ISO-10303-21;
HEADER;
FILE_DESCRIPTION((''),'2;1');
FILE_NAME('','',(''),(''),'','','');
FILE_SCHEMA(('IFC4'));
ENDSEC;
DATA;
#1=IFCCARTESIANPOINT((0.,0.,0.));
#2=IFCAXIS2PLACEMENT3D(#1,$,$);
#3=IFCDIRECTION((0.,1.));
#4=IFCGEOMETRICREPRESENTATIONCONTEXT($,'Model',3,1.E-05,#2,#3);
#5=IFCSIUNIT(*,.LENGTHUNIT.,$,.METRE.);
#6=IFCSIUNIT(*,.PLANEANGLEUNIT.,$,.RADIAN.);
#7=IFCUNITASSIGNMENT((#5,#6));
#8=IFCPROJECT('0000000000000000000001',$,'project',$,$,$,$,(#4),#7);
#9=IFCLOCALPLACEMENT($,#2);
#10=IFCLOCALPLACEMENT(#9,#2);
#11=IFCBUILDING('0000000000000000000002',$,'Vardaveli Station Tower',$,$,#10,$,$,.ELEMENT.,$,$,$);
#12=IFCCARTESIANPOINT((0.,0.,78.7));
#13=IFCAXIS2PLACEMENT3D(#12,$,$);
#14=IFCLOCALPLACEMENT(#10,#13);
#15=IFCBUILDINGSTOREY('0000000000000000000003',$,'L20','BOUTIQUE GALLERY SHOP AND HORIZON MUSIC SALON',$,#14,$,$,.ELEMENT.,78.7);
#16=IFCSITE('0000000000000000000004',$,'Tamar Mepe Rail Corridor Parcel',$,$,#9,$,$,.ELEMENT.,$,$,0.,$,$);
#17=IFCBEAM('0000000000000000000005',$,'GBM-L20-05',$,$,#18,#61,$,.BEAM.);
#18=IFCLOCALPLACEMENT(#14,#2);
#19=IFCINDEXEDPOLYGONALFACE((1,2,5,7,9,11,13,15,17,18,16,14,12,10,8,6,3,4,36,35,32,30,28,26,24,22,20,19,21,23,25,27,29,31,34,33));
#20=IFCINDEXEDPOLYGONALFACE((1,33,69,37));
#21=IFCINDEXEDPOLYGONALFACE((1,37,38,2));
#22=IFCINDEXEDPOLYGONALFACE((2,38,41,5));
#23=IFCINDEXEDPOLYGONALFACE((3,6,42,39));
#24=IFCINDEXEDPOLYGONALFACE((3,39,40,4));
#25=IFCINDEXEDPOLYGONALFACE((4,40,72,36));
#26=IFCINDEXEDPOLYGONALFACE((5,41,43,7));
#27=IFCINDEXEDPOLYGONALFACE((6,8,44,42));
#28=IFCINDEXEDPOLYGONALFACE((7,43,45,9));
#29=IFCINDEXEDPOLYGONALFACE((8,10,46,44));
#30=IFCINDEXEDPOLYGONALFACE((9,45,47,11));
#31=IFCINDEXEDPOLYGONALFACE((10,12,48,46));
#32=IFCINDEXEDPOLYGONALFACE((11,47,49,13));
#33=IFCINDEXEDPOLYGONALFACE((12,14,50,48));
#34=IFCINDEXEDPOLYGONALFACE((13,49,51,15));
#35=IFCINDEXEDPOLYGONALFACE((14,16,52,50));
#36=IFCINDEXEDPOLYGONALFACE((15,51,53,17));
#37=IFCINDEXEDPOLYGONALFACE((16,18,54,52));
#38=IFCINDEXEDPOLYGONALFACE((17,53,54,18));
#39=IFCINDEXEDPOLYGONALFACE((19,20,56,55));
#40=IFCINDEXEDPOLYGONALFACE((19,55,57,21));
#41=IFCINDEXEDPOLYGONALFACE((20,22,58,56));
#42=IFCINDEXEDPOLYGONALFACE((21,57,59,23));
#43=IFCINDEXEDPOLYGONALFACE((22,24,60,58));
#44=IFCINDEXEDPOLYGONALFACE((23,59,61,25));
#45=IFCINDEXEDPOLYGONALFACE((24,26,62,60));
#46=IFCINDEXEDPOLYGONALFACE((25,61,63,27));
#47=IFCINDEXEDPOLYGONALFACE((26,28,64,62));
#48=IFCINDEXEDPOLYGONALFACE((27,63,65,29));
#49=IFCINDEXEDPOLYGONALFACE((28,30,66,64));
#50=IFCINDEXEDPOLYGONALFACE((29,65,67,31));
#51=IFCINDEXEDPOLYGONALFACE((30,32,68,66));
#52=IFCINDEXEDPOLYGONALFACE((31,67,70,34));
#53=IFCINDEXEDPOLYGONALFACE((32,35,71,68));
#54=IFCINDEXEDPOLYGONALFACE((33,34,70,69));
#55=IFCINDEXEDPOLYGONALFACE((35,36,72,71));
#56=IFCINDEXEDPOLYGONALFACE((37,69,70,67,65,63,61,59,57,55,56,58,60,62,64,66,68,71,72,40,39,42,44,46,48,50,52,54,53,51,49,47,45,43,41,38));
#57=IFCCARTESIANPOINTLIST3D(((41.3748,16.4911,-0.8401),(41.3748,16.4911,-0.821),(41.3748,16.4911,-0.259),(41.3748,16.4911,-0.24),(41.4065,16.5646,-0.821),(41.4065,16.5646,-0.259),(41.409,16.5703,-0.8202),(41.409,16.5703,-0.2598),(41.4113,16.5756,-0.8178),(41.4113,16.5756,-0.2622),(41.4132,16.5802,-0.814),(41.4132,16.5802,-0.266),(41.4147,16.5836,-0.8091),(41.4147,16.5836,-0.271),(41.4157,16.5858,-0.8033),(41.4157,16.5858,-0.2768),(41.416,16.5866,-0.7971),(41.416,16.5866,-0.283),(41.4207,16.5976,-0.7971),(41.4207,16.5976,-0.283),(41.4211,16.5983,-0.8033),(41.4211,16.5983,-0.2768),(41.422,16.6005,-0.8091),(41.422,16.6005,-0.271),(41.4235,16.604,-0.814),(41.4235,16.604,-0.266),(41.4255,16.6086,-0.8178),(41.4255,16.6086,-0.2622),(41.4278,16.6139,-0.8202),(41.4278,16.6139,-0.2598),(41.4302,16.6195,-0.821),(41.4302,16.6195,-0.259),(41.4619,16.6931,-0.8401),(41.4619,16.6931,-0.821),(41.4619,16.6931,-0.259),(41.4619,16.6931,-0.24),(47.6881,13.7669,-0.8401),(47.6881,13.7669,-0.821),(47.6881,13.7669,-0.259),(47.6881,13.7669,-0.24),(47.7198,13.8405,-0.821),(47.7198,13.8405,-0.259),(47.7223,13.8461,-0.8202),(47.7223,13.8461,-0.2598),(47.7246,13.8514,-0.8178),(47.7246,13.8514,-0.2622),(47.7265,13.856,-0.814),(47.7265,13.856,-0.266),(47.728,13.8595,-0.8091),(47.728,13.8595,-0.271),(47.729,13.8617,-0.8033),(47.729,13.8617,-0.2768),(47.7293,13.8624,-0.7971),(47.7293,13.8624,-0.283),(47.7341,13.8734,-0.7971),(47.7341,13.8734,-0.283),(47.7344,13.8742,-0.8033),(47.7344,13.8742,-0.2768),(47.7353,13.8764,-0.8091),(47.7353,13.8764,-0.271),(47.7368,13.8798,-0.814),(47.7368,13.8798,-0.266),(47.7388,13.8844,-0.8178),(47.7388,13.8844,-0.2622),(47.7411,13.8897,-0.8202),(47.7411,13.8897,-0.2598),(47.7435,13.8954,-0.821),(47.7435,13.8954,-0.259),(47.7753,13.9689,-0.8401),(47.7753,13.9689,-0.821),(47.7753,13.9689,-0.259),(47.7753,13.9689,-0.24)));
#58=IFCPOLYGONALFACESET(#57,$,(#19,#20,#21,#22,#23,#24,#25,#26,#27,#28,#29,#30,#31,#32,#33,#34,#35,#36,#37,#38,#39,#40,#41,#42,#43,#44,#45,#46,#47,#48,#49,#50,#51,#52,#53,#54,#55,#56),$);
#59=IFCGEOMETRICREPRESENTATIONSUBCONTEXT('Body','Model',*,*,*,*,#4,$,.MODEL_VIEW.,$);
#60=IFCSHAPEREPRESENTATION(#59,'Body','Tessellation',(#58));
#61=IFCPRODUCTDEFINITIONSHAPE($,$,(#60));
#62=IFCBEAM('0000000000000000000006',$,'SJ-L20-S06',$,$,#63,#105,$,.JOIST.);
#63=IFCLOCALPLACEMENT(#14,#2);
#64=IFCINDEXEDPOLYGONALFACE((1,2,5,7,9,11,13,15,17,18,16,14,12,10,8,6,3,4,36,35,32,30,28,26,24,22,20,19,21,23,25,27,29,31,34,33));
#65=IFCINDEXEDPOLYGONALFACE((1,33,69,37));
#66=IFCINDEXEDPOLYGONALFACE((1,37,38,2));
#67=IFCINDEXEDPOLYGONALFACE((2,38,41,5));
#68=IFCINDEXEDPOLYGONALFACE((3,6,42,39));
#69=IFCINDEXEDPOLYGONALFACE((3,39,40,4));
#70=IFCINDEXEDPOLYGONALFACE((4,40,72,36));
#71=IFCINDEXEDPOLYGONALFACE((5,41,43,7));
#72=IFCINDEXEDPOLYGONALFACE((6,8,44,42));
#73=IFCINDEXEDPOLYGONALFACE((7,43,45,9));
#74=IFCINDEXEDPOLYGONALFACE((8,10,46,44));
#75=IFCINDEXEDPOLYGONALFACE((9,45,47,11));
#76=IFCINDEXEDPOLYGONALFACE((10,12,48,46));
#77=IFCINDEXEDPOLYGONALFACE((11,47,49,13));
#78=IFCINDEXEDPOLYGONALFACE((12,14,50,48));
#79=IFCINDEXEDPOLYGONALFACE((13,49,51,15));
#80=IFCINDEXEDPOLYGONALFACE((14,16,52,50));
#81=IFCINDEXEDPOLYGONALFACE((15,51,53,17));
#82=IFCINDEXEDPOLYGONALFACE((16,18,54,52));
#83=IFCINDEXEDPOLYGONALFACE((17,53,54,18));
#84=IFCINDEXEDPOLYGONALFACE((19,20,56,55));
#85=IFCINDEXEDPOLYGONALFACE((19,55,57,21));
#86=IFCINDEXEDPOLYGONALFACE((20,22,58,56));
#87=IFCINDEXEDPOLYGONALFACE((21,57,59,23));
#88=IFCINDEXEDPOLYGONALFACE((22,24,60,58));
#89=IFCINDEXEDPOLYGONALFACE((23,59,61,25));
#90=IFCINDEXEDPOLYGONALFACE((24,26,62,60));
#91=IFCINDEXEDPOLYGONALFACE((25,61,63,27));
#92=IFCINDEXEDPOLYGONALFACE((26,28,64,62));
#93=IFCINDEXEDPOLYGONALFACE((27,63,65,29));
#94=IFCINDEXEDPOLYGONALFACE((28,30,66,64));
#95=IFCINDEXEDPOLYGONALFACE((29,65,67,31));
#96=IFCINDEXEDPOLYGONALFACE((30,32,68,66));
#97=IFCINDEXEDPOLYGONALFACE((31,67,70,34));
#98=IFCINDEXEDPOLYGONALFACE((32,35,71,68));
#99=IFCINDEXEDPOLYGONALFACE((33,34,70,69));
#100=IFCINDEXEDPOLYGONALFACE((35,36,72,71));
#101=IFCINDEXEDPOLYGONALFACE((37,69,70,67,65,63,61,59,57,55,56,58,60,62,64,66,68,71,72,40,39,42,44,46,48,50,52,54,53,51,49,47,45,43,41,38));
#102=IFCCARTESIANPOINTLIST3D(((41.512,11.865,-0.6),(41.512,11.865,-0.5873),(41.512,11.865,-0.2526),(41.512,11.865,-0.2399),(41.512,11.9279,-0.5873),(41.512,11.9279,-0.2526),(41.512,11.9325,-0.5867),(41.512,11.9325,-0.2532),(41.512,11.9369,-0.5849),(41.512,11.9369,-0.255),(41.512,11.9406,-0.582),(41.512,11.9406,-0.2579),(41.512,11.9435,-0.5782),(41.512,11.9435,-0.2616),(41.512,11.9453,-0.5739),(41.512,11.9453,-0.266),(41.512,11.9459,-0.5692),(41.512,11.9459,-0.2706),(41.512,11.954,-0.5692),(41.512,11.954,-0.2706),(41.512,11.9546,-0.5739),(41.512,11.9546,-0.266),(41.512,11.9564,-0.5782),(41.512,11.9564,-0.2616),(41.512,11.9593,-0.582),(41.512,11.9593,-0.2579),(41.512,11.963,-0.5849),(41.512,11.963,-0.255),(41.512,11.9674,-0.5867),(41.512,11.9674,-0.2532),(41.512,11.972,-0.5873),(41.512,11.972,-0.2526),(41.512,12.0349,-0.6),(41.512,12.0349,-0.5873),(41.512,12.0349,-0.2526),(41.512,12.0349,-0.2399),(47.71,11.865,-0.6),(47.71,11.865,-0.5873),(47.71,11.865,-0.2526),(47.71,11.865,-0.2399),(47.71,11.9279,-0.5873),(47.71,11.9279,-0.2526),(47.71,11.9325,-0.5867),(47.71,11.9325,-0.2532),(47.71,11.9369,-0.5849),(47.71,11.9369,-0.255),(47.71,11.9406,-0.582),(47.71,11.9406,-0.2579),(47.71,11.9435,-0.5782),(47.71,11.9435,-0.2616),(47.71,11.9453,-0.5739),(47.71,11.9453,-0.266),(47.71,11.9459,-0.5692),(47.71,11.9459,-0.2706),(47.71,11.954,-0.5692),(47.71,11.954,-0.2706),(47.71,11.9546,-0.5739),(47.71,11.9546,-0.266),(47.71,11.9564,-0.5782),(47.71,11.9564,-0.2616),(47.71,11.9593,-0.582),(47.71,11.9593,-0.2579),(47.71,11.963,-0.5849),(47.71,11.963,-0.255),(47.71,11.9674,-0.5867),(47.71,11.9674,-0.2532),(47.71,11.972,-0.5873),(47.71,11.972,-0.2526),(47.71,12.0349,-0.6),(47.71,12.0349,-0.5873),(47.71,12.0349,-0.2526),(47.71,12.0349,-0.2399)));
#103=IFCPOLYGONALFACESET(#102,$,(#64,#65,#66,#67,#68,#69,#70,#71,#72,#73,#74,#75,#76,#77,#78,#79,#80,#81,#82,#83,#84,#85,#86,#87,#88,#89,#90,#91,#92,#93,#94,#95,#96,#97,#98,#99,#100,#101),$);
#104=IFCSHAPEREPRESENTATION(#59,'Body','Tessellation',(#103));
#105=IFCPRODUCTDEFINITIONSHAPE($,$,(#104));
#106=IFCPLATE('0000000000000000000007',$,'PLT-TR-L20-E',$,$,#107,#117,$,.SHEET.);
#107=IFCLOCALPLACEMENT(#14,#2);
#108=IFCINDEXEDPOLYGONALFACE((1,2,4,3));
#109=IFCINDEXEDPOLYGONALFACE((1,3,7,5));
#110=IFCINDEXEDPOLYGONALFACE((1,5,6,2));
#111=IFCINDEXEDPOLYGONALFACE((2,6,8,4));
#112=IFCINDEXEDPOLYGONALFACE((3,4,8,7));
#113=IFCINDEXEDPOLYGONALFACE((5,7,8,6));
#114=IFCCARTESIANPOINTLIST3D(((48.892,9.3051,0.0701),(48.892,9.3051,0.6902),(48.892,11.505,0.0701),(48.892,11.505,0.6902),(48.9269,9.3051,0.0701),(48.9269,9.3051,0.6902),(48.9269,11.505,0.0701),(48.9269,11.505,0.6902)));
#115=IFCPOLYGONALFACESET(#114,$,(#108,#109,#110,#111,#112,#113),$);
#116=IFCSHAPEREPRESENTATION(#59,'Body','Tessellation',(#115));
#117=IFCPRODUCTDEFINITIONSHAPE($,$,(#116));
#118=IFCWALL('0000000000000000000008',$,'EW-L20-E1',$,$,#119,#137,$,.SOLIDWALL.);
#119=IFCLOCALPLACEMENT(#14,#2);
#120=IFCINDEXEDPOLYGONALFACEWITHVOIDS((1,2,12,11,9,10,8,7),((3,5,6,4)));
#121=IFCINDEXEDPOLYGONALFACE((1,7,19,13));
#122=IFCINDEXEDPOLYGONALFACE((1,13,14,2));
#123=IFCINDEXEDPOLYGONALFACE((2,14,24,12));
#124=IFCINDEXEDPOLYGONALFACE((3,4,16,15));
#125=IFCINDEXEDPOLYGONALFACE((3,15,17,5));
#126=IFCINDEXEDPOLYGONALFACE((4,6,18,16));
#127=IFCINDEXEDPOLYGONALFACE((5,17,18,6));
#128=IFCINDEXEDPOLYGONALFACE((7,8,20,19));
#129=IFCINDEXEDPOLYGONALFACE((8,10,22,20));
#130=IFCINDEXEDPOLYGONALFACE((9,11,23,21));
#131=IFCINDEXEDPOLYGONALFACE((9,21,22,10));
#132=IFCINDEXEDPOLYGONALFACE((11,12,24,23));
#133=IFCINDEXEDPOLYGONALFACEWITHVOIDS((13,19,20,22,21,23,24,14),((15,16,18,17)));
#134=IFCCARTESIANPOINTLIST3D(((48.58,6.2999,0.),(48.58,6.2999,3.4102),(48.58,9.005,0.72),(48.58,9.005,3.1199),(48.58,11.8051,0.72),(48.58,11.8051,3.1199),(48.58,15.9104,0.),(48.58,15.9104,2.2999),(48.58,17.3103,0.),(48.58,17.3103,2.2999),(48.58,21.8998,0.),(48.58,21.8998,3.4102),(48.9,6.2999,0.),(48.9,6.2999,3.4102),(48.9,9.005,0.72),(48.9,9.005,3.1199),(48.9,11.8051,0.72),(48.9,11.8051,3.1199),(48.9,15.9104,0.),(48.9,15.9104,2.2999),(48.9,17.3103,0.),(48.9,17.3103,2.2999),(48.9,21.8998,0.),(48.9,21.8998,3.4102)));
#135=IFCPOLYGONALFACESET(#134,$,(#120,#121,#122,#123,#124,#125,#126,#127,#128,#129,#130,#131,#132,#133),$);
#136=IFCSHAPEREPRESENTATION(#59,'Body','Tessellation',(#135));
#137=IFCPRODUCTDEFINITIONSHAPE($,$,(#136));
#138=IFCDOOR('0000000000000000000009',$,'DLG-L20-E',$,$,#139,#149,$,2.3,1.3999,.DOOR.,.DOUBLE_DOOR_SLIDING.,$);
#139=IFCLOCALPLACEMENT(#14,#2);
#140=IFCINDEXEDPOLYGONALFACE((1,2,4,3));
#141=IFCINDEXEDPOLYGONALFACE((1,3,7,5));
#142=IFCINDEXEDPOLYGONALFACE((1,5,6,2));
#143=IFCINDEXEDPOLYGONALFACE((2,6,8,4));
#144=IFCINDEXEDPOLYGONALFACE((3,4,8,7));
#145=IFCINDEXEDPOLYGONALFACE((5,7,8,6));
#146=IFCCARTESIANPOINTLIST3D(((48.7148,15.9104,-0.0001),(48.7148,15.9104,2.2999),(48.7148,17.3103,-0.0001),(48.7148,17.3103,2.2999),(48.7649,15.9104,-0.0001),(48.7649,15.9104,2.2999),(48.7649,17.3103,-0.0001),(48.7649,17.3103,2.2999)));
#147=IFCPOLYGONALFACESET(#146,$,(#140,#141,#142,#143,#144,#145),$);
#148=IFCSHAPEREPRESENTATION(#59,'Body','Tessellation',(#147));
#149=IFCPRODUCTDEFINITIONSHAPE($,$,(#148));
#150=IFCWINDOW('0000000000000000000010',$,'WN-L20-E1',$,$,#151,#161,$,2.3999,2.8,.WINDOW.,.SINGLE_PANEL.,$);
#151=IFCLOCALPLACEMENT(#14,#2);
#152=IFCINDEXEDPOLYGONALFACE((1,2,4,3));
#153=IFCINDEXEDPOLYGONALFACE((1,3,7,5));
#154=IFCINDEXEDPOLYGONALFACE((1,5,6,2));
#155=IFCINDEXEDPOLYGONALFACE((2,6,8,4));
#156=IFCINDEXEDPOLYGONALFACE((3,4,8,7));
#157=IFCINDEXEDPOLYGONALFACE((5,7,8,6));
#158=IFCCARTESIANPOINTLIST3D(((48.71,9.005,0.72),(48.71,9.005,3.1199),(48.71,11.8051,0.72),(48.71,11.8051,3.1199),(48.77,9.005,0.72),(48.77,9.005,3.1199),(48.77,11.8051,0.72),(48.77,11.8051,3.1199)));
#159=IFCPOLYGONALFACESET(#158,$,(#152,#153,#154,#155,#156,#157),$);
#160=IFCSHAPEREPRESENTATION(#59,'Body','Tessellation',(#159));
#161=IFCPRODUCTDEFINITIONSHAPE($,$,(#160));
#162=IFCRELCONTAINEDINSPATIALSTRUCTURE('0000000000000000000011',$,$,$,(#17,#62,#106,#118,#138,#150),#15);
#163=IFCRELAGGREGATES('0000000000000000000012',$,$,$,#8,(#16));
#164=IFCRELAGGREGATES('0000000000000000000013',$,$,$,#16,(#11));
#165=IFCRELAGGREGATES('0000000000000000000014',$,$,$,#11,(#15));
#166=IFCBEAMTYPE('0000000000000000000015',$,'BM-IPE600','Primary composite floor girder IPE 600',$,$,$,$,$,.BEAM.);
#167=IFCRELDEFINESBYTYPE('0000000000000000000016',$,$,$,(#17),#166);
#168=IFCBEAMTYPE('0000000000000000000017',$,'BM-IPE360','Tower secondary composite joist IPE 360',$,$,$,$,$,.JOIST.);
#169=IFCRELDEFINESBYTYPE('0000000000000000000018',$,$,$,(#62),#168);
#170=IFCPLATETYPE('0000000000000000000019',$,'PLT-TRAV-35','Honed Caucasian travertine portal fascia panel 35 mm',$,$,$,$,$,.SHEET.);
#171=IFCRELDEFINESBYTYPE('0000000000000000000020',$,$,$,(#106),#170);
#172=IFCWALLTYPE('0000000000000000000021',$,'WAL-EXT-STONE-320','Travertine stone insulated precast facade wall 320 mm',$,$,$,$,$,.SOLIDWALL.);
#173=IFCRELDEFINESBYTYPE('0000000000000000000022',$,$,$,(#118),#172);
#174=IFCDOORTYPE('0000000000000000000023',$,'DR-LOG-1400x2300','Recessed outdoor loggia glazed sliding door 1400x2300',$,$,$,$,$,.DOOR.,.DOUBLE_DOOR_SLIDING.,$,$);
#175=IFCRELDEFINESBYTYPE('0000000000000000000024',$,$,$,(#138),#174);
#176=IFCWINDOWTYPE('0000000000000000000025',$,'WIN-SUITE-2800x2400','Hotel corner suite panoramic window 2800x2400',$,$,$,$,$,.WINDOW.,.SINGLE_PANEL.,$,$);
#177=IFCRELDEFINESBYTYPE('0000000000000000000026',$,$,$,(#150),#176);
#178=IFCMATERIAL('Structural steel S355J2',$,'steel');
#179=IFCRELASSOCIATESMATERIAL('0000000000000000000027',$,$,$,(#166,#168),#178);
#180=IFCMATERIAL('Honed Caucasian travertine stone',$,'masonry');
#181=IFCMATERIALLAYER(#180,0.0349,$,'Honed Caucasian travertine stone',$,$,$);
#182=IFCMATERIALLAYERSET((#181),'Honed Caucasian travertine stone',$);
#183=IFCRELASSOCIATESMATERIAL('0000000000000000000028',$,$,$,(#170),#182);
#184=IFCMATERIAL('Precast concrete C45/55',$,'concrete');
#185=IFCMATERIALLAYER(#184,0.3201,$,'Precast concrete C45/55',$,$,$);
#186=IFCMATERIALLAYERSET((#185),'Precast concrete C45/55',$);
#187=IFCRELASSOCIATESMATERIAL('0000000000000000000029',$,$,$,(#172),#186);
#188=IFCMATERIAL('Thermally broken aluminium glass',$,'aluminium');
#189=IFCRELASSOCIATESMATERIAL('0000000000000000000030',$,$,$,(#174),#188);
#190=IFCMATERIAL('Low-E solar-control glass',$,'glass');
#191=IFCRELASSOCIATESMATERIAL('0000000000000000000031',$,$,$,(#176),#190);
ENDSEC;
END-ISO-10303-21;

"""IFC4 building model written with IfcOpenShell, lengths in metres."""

from ifc_helpers import new_model, si_unit, direction, frame, frame_2d, origin, origin_2d, place, context, subcontext, project, spatial, rectangle, i_section, extrude, source, transform, mapped, material, layer, layer_set, material_profile, profile_set, type_object, element, fill, save


model = new_model("IFC4")

# Units and contexts
model_context = context("Model", 3, precision=1e-05, world=origin(), true_north=direction((0.0, 1.0)))
body_context = subcontext(model_context, "Body", "Model", "MODEL_VIEW")
ifc_project = project(units=[si_unit("LENGTHUNIT", "METRE"), si_unit("PLANEANGLEUNIT", "RADIAN")], contexts=[model_context])

# Site, building, storey
site_placement = place(None, origin())
site = spatial("IfcSite", under=ifc_project, at=site_placement, Name="Tamar Mepe Rail Corridor Parcel", CompositionType="ELEMENT", RefElevation=0.0)
building_placement = place(site_placement, origin())
building = spatial("IfcBuilding", under=site, at=building_placement, Name="Vardaveli Station Tower", CompositionType="ELEMENT")
storey_placement = place(building_placement, frame((0.0, 0.0, 78.7)))
storey = spatial("IfcBuildingStorey", under=building, at=storey_placement, Name="L20", Description="BOUTIQUE GALLERY SHOP AND HORIZON MUSIC SALON", CompositionType="ELEMENT", Elevation=78.7)

# Beams
ifc_material_1 = material(Name="Precast concrete C45/55", Category="concrete")
ifc_material_2 = material(Name="Structural steel S355J2", Category="steel")
ifc_material_profile_1 = material_profile(ifc_material_2, i_section(OverallWidth=0.22, OverallDepth=0.6001, WebThickness=0.012, FlangeThickness=0.019, FilletRadius=0.0239, at=origin_2d()), Name="IPE 600")
ifc_profile_set_1 = profile_set([ifc_material_profile_1], Name="Structural steel S355J2")
beam_type_1 = type_object("IfcBeamType", Name="BM-IPE600", Description="Primary composite floor girder IPE 600", PredefinedType="BEAM", material=ifc_profile_set_1)
shared_shape_1 = source(origin(), body_context, "Body", "SweptSolid", [
    extrude(i_section(OverallWidth=0.22, OverallDepth=0.6001, WebThickness=0.012, FlangeThickness=0.019, FilletRadius=0.0239, at=origin_2d()), origin(), (0.0, 0.0, 1.0), 6.876),
])
beam_1_placement = place(storey_placement, frame((47.7317, 13.8679, -0.54), z_axis=(-0.918171, 0.396185, 0.0), x_axis=(-0.396185, -0.918171, 0.0)))
element("IfcBeam", 1, at=beam_1_placement, inside=storey, type_object=beam_type_1, Name="GBM-L20-05", PredefinedType="BEAM", context=body_context, shape_type="MappedRepresentation", body=[
    mapped(shared_shape_1, transform((0.0, 0.0, 0.0), scale=1.0)),
])
ifc_material_profile_2 = material_profile(ifc_material_2, i_section(OverallWidth=0.1699, OverallDepth=0.3601, WebThickness=0.0081, FlangeThickness=0.0127, FilletRadius=0.0181, at=origin_2d()), Name="IPE 360")
ifc_profile_set_2 = profile_set([ifc_material_profile_2], Name="Structural steel S355J2")
beam_type_2 = type_object("IfcBeamType", Name="BM-IPE360", Description="Tower secondary composite joist IPE 360", PredefinedType="JOIST", material=ifc_profile_set_2)
shared_shape_2 = source(origin(), body_context, "Body", "SweptSolid", [
    extrude(i_section(OverallWidth=0.1699, OverallDepth=0.3601, WebThickness=0.0081, FlangeThickness=0.0127, FilletRadius=0.0181, at=origin_2d()), origin(), (0.0, 0.0, 1.0), 6.198),
])
beam_2_placement = place(storey_placement, frame((41.512, 11.95, -0.4199), z_axis=(1.0, 0.0, 0.0), x_axis=(0.0, 1.0, 0.0)))
element("IfcBeam", 2, at=beam_2_placement, inside=storey, type_object=beam_type_2, Name="SJ-L20-S06", PredefinedType="JOIST", context=body_context, shape_type="MappedRepresentation", body=[
    mapped(shared_shape_2, transform((0.0, 0.0, 0.0), scale=1.0)),
])

# Plate
ifc_material_3 = material(Name="Honed Caucasian travertine stone", Category="masonry")
ifc_layer_1 = layer(ifc_material_3, 0.0349, Name="Honed Caucasian travertine stone")
ifc_layer_set_1 = layer_set([ifc_layer_1], Name="Honed Caucasian travertine stone")
plate_type = type_object("IfcPlateType", Name="PLT-TRAV-35", Description="Honed Caucasian travertine portal fascia panel 35 mm", PredefinedType="SHEET", material=ifc_layer_set_1)
shared_shape_3 = source(origin(), body_context, "Body", "SweptSolid", [
    extrude(rectangle(XDim=2.2, YDim=0.0349, at=origin_2d()), origin(), (0.0, 0.0, 1.0), 0.6201),
])
plate_placement = place(storey_placement, frame((48.9094, 10.405, 0.0701), z_axis=(0.0, 0.0, 1.0), x_axis=(0.0, 1.0, 0.0)))
element("IfcPlate", 3, at=plate_placement, inside=storey, type_object=plate_type, Name="PLT-TR-L20-E", PredefinedType="SHEET", context=body_context, shape_type="MappedRepresentation", body=[
    mapped(shared_shape_3, transform((0.0, 0.0, 0.0), scale=1.0)),
])

# Wall, openings, door, window
ifc_layer_2 = layer(ifc_material_1, 0.3201, Name="Precast concrete C45/55")
ifc_layer_set_2 = layer_set([ifc_layer_2], Name="Precast concrete C45/55")
wall_type_1 = type_object("IfcWallType", Name="WAL-EXT-STONE-320", Description="Travertine stone insulated precast facade wall 320 mm", PredefinedType="SOLIDWALL", material=ifc_layer_set_2)
shared_shape_4 = source(origin(), body_context, "Body", "SweptSolid", [
    extrude(rectangle(XDim=15.5999, YDim=0.3201, at=frame_2d((7.7998, 0.0))), origin(), (0.0, 0.0, 1.0), 3.4102),
])
wall_1_placement = place(storey_placement, frame((48.74, 6.3, 0.0), z_axis=(0.0, 0.0, 1.0), x_axis=(0.0, 1.0, 0.0)))
wall_1 = element("IfcWall", 4, at=wall_1_placement, inside=storey, type_object=wall_type_1, Name="EW-L20-E1", PredefinedType="SOLIDWALL", context=body_context, shape_type="MappedRepresentation", body=[
    mapped(shared_shape_4, transform((0.0, 0.0, 0.0), scale=1.0)),
])
shared_shape_5 = source(origin(), body_context, "Body", "SweptSolid", [
    extrude(rectangle(XDim=1.3999, YDim=2.3, at=frame_2d((0.7, 1.1499))), frame((0.0, 0.1699, 0.0), z_axis=(0.0, -1.0, 0.0), x_axis=(1.0, 0.0, 0.0)), (0.0, 0.0, 1.0), 0.3401),
])
opening_1_placement = place(wall_1_placement, frame((9.6104, 0.0, 0.0)))
opening_1 = element("IfcOpeningElement", 5, at=opening_1_placement, cuts=wall_1, PredefinedType="OPENING", context=body_context, shape_type="MappedRepresentation", body=[
    mapped(shared_shape_5, transform((0.0, 0.0, 0.0), scale=1.0)),
])
shared_shape_6 = source(origin(), body_context, "Body", "SweptSolid", [
    extrude(rectangle(XDim=2.8, YDim=2.3999, at=frame_2d((1.3999, 1.2))), frame((0.0, 0.1699, 0.0), z_axis=(0.0, -1.0, 0.0), x_axis=(1.0, 0.0, 0.0)), (0.0, 0.0, 1.0), 0.3401),
])
opening_2_placement = place(wall_1_placement, frame((2.7051, 0.0, 0.72)))
opening_2 = element("IfcOpeningElement", 6, at=opening_2_placement, cuts=wall_1, PredefinedType="OPENING", context=body_context, shape_type="MappedRepresentation", body=[
    mapped(shared_shape_6, transform((0.0, 0.0, 0.0), scale=1.0)),
])
ifc_material_4 = material(Name="Thermally broken aluminium glass", Category="aluminium")
door_type_1 = type_object("IfcDoorType", Name="DR-LOG-1400x2300", Description="Recessed outdoor loggia glazed sliding door 1400x2300", OperationType="DOUBLE_DOOR_SLIDING", PredefinedType="DOOR", material=ifc_material_4)
shared_shape_7 = source(origin(), body_context, "Body", "SweptSolid", [
    extrude(rectangle(XDim=1.3999, YDim=2.3, at=frame_2d((0.7, 1.1499))), frame((0.0, 0.0249, 0.0), z_axis=(0.0, -1.0, 0.0), x_axis=(1.0, 0.0, 0.0)), (0.0, 0.0, 1.0), 0.05),
])
door_1_placement = place(opening_1_placement, frame((1.3999, 0.0, 0.0), z_axis=(0.0, 0.0, 1.0), x_axis=(-1.0, 0.0, 0.0)))
door_1 = element("IfcDoor", 7, at=door_1_placement, inside=storey, type_object=door_type_1, Name="DLG-L20-E", OperationType="DOUBLE_DOOR_SLIDING", OverallHeight=2.3, OverallWidth=1.3999, PredefinedType="DOOR", context=body_context, shape_type="MappedRepresentation", body=[
    mapped(shared_shape_7, transform((0.0, 0.0, 0.0), scale=1.0)),
])
fill(opening_1, door_1)
ifc_material_5 = material(Name="Low-E solar-control glass", Category="glass")
window_type = type_object("IfcWindowType", Name="WIN-SUITE-2800x2400", Description="Hotel corner suite panoramic window 2800x2400", PartitioningType="SINGLE_PANEL", PredefinedType="WINDOW", material=ifc_material_5)
shared_shape_8 = source(origin(), body_context, "Body", "SweptSolid", [
    extrude(rectangle(XDim=2.8, YDim=2.3999, at=frame_2d((1.3999, 1.2))), frame((0.0, 0.03, 0.0), z_axis=(0.0, -1.0, 0.0), x_axis=(1.0, 0.0, 0.0)), (0.0, 0.0, 1.0), 0.0601),
])
window_placement = place(opening_2_placement, origin())
window = element("IfcWindow", 8, at=window_placement, inside=storey, type_object=window_type, Name="WN-L20-E1", OverallHeight=2.3999, OverallWidth=2.8, PartitioningType="SINGLE_PANEL", PredefinedType="WINDOW", context=body_context, shape_type="MappedRepresentation", body=[
    mapped(shared_shape_8, transform((0.0, 0.0, 0.0), scale=1.0)),
])
fill(opening_2, window)

save(model, "model.ifc")
